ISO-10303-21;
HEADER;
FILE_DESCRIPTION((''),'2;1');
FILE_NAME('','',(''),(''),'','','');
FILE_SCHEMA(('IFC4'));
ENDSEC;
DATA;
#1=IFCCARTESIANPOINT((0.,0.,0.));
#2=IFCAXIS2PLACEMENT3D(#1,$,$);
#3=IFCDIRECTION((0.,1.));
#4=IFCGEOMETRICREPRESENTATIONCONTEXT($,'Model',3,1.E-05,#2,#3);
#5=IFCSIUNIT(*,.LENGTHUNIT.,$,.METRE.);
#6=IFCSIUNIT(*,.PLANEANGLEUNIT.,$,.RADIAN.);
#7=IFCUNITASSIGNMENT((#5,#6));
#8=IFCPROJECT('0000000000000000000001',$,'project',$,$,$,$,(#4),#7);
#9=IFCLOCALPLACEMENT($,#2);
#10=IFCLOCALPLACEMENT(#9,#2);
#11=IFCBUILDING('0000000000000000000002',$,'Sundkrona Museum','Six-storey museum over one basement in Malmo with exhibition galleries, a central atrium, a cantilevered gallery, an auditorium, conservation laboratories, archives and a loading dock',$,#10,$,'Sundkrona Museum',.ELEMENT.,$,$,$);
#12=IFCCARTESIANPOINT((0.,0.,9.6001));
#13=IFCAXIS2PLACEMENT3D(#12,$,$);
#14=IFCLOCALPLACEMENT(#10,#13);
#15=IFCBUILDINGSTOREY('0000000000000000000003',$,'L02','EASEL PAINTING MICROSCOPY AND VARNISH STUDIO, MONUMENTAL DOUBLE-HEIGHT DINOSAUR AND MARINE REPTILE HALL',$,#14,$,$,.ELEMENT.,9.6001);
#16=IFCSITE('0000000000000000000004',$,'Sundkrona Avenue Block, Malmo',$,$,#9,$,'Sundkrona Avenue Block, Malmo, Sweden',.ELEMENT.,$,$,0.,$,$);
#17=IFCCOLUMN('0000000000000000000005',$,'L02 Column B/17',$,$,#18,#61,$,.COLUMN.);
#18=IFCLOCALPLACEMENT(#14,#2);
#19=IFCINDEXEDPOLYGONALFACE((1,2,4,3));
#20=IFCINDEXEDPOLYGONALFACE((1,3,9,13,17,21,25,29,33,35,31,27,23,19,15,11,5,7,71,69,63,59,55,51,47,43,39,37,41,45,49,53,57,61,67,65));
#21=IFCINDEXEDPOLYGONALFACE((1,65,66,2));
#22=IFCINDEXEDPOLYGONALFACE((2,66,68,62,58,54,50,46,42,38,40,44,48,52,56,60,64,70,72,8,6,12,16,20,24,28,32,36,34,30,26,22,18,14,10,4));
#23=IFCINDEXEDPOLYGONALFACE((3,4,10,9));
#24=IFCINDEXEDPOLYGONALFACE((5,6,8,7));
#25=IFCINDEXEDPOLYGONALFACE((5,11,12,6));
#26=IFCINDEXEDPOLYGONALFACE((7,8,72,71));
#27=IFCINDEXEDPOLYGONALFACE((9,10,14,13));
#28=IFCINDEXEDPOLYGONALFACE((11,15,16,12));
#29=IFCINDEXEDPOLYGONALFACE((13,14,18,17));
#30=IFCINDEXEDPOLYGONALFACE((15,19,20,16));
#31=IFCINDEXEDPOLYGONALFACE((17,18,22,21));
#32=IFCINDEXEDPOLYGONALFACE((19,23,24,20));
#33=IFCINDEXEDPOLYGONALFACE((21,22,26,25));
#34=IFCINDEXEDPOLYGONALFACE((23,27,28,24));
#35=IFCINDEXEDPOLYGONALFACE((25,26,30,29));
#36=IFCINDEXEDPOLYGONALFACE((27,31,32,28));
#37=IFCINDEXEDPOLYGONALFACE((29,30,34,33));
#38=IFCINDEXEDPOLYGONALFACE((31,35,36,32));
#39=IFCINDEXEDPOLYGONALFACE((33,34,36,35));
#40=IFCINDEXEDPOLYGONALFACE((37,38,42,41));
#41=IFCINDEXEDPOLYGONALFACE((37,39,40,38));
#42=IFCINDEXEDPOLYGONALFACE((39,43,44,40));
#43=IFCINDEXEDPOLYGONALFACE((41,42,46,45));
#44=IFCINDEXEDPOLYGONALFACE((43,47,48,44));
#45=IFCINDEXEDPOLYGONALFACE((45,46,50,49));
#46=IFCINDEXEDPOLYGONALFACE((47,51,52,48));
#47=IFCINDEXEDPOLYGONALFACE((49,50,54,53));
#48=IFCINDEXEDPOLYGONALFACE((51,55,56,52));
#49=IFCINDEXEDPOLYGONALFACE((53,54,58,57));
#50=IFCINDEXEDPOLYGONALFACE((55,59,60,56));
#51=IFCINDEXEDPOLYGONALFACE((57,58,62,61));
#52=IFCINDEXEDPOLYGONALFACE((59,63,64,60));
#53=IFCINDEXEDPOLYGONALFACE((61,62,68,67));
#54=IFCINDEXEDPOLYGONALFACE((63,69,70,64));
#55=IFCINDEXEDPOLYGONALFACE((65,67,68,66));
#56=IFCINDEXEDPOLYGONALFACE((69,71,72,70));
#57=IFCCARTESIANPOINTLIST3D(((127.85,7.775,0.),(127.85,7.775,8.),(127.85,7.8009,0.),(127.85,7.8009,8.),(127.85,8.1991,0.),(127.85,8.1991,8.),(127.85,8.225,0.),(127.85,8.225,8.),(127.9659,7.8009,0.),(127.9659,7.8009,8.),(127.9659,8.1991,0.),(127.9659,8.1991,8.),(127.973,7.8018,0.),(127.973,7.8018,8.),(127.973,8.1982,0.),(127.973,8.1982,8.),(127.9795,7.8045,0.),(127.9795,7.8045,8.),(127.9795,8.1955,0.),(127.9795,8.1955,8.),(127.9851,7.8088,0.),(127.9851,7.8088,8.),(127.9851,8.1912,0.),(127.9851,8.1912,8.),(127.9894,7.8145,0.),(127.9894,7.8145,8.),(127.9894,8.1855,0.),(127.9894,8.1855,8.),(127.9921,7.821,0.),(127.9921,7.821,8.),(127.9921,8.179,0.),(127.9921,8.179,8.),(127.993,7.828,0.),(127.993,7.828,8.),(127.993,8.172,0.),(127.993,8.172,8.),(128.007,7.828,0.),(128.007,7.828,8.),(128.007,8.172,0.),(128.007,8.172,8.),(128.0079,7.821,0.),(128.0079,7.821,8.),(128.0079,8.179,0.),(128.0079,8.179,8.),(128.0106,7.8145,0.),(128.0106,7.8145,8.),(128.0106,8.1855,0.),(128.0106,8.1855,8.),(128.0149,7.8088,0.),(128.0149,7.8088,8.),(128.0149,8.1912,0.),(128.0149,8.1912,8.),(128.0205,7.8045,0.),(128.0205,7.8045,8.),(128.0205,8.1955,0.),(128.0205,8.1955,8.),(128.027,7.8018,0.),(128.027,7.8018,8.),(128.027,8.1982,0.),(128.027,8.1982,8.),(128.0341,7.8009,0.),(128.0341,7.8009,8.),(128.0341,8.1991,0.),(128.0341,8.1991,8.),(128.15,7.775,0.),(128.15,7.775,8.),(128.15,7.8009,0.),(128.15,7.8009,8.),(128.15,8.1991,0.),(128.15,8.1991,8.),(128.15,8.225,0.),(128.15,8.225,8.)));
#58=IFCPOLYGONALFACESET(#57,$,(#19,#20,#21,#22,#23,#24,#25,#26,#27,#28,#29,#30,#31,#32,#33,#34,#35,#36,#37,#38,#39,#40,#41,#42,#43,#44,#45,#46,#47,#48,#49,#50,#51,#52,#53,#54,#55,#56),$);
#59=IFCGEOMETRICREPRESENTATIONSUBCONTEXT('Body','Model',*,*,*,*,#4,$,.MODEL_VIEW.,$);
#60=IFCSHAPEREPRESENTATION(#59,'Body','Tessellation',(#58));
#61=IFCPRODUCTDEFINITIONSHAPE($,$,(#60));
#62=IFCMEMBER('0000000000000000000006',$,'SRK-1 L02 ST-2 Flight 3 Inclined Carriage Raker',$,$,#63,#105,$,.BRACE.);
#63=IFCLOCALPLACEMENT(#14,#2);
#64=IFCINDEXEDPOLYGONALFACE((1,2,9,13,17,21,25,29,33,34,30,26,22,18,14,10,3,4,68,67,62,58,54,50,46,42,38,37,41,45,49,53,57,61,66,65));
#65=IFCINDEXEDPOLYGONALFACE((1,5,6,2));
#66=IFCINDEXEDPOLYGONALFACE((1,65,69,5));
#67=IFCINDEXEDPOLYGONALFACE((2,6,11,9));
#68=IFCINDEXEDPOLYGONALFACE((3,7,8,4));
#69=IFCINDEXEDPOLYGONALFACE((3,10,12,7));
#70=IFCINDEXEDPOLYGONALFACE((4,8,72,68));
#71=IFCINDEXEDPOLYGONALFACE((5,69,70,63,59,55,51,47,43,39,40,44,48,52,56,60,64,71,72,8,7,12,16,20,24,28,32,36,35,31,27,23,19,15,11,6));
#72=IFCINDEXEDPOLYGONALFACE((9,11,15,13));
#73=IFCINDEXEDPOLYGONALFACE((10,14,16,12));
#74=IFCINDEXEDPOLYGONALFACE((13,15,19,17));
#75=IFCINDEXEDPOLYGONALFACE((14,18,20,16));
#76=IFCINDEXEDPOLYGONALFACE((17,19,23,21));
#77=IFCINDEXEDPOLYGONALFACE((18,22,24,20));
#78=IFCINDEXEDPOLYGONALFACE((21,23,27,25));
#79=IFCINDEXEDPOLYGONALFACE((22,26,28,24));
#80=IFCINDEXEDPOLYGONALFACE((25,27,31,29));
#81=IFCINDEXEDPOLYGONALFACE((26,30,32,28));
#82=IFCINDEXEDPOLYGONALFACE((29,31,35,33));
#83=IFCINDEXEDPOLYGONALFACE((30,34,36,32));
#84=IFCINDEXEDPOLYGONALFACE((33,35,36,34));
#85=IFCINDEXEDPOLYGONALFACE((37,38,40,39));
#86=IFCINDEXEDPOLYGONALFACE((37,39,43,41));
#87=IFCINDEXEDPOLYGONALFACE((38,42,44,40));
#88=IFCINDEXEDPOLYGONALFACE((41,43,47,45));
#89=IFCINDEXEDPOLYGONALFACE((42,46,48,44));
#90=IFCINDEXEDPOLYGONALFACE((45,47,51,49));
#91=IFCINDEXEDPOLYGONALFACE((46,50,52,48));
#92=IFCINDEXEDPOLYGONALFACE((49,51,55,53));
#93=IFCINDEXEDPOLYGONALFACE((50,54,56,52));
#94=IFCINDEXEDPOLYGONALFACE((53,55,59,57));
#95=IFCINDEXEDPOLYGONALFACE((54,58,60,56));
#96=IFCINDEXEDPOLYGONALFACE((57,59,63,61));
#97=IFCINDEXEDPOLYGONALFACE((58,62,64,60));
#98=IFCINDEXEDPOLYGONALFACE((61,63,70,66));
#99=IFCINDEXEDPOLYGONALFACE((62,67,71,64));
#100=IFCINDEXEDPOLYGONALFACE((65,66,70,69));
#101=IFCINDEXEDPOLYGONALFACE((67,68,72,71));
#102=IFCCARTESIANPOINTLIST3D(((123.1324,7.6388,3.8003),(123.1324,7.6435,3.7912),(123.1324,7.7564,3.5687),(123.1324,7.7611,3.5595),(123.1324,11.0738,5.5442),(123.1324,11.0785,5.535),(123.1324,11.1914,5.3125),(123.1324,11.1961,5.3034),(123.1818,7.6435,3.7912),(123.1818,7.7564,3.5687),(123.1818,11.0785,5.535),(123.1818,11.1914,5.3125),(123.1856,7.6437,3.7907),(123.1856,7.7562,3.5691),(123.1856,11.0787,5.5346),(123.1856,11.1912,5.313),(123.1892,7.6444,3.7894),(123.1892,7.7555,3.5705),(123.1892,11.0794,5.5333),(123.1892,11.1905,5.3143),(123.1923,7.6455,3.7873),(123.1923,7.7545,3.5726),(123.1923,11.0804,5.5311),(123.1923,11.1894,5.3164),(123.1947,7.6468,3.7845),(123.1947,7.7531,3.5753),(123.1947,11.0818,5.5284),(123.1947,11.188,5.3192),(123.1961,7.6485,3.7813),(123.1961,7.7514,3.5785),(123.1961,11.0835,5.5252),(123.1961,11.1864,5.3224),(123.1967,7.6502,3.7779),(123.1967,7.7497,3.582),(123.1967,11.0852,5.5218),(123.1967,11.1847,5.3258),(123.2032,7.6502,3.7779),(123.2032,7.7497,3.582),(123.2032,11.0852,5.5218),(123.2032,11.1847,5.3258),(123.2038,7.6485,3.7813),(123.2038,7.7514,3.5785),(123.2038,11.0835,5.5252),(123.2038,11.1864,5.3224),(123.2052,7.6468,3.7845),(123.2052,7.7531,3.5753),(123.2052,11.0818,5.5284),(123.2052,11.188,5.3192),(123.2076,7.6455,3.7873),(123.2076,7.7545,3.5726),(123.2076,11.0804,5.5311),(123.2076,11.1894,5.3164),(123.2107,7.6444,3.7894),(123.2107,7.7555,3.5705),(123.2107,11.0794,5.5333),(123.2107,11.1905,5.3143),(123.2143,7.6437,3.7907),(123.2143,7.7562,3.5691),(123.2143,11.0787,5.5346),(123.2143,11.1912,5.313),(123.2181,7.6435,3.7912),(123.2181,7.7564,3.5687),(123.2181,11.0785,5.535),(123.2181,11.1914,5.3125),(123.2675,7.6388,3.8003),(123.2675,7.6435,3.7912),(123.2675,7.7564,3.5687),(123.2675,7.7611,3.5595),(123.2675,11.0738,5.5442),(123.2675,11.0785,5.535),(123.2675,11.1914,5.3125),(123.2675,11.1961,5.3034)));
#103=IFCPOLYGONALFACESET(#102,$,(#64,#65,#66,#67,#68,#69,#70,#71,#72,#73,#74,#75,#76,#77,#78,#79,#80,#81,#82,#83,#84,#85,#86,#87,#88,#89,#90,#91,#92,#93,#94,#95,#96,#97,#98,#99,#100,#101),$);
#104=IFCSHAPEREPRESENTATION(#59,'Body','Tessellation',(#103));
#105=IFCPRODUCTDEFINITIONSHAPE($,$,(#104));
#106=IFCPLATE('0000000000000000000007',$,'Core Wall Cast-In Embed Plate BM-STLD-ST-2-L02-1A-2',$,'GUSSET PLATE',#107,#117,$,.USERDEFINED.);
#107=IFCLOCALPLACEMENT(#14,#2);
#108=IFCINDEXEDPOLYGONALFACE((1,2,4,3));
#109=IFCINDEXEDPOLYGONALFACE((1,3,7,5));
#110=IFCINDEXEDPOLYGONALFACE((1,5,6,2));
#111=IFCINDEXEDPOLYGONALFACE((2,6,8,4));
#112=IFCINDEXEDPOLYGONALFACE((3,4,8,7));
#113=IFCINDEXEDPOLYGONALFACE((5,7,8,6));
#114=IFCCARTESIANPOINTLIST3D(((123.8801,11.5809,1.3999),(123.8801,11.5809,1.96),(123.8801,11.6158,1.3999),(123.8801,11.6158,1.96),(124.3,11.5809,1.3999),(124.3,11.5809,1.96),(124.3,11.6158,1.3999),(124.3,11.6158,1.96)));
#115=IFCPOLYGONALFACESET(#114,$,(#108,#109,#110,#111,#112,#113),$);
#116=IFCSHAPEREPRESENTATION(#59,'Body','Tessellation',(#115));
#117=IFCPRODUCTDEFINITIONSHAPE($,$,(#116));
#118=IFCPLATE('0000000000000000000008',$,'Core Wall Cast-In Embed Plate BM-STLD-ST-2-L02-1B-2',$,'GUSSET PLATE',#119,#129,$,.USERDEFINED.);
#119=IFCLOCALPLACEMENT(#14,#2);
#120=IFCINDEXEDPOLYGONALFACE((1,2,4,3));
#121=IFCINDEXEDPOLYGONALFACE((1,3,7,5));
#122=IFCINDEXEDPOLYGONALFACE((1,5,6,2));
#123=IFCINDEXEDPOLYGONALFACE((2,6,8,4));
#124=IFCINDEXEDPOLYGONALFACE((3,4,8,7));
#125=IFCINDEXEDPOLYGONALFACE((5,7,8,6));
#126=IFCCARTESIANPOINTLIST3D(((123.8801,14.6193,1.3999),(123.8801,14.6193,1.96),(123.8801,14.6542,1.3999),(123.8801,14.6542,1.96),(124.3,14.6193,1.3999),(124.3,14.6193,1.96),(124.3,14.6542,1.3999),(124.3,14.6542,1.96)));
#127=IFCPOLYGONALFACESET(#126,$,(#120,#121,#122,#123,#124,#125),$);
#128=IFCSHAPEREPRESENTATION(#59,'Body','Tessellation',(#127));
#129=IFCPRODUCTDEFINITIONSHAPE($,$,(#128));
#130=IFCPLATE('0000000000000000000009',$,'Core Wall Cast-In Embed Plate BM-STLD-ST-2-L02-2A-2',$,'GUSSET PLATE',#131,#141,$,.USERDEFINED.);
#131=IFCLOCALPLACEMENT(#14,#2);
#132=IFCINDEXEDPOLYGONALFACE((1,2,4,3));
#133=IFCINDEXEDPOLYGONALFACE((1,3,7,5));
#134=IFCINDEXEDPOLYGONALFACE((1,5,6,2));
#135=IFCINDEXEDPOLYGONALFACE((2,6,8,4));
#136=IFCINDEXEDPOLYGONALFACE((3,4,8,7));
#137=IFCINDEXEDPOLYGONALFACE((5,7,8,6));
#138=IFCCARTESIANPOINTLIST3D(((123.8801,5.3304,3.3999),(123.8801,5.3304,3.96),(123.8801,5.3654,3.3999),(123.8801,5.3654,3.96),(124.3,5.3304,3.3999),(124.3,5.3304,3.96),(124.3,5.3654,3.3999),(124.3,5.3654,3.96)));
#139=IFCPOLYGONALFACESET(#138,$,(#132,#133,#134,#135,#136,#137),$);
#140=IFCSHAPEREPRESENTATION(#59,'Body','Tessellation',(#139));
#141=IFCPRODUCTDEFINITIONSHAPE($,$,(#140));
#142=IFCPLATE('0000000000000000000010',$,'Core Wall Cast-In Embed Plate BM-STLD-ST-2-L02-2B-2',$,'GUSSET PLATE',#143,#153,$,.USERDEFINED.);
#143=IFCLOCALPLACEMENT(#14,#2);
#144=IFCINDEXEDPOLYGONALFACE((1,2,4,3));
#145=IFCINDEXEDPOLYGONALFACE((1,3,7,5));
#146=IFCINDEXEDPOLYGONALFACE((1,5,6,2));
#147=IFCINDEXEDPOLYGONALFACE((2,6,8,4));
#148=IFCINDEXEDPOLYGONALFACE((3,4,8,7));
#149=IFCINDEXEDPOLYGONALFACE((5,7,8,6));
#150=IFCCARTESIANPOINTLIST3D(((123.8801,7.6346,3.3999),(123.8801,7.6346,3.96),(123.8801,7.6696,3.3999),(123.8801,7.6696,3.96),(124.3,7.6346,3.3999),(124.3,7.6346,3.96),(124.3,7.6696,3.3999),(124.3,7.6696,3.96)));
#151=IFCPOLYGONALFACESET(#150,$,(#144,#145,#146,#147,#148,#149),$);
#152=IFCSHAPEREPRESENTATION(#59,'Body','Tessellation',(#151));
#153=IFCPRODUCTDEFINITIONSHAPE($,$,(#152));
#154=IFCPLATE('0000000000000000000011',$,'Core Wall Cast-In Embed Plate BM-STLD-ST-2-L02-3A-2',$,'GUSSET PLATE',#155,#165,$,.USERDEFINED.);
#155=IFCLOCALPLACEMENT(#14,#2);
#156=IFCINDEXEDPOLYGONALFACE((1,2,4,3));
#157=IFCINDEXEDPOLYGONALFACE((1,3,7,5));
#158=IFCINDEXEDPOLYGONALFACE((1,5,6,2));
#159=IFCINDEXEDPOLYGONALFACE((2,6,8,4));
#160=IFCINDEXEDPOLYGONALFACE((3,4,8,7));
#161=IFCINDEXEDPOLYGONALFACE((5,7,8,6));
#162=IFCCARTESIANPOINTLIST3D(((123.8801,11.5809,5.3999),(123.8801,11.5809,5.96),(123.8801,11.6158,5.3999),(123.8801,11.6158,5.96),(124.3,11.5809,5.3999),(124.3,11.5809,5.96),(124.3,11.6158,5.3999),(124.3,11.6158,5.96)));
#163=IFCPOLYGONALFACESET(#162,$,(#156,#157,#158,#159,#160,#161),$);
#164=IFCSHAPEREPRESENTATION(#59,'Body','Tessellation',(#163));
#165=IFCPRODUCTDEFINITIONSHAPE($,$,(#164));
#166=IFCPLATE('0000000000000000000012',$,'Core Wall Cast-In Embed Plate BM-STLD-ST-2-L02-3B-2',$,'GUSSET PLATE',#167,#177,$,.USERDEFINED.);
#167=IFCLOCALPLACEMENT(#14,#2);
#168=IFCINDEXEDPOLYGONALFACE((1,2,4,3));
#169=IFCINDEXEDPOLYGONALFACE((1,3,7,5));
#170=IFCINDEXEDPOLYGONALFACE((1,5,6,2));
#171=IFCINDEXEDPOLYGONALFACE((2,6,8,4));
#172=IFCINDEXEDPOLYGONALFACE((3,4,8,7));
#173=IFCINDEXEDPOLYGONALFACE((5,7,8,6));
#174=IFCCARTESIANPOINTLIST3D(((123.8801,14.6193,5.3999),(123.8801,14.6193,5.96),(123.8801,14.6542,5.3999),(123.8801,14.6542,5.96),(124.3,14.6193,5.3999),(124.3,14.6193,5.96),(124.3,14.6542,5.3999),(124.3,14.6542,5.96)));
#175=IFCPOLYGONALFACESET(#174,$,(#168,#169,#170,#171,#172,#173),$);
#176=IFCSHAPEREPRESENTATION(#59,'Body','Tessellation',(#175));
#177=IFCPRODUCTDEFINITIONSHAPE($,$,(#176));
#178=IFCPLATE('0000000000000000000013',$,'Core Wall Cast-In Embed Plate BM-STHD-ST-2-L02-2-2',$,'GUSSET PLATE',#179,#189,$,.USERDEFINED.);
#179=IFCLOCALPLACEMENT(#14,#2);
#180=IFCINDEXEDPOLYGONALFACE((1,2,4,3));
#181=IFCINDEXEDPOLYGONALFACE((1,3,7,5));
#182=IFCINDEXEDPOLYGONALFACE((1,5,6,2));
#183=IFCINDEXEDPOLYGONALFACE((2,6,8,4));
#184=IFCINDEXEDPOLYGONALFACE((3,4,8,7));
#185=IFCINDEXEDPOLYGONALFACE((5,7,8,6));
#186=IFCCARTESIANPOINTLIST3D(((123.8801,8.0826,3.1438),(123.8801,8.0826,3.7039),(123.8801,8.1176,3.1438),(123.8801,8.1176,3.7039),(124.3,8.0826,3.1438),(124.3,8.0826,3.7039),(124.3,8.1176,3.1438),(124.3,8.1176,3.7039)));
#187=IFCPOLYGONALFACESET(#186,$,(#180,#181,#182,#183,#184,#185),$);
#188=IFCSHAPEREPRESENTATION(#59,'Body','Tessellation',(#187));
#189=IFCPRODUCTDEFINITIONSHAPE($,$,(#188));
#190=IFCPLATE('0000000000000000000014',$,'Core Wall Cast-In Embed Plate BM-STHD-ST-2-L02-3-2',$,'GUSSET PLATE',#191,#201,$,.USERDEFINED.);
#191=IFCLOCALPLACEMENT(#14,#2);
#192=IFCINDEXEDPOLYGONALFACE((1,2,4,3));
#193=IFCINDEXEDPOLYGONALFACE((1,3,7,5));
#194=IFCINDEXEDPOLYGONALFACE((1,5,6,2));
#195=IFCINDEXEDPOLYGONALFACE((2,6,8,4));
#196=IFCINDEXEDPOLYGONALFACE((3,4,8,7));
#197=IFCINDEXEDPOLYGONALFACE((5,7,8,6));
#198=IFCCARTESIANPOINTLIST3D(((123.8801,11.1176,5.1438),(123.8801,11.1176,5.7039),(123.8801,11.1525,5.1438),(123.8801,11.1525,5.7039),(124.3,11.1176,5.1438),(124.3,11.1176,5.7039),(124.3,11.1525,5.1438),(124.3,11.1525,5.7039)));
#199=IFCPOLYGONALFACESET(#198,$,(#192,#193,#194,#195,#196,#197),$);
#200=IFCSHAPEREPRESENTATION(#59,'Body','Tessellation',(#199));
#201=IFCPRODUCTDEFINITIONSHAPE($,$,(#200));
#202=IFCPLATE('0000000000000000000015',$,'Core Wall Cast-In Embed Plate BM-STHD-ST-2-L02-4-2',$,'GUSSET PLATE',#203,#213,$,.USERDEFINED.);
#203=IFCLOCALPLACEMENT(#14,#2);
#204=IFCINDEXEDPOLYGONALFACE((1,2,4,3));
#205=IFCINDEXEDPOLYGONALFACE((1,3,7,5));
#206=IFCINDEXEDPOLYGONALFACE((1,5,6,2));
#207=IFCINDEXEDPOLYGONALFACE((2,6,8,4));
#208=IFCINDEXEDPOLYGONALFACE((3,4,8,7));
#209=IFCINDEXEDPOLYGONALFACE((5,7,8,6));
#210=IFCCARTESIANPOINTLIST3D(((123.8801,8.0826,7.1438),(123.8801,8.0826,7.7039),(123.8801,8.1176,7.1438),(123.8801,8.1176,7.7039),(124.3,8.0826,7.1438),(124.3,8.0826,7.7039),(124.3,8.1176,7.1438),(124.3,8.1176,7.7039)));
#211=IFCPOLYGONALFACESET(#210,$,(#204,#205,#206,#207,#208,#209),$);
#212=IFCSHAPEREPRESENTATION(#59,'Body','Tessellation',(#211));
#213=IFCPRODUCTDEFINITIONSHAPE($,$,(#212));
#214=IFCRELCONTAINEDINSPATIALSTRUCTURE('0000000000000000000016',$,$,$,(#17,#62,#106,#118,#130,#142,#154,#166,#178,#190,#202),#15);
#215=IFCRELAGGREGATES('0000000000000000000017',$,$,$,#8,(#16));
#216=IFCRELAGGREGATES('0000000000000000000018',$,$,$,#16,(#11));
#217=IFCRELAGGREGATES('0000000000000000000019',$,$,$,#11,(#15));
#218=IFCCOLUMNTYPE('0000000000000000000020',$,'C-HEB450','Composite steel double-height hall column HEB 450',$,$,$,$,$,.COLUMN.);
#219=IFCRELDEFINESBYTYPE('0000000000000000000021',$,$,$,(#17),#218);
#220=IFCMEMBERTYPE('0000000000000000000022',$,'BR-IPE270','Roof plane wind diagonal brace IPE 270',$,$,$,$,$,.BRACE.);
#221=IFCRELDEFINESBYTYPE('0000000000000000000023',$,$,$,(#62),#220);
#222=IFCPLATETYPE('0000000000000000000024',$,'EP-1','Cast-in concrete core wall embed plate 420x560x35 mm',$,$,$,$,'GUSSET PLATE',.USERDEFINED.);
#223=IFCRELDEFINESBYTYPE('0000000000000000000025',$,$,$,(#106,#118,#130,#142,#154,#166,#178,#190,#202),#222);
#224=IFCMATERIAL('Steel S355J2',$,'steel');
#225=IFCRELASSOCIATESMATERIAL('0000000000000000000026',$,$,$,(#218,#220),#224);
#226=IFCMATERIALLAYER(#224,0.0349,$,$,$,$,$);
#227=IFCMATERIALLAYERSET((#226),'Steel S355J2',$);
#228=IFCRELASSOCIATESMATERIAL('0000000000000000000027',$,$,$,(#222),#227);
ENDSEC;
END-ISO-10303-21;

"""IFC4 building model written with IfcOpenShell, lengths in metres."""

from ifc_helpers import new_model, si_unit, direction, frame, origin, origin_2d, place, context, subcontext, project, spatial, rectangle, i_section, extrude, material, layer, layer_set, material_profile, profile_set, type_object, element, save


model = new_model("IFC4")

# Units and contexts
model_context = context("Model", 3, precision=1e-05, world=origin(), true_north=direction((0.0, 1.0)))
body_context = subcontext(model_context, "Body", "Model", "MODEL_VIEW")
ifc_project = project(units=[si_unit("LENGTHUNIT", "METRE"), si_unit("PLANEANGLEUNIT", "RADIAN")], contexts=[model_context])

# Site, building, storey
site_placement = place(None, origin())
site = spatial("IfcSite", under=ifc_project, at=site_placement, Name="Sundkrona Avenue Block, Malmo", LongName="Sundkrona Avenue Block, Malmo, Sweden", CompositionType="ELEMENT", RefElevation=0.0)
building_placement = place(site_placement, origin())
building = spatial("IfcBuilding", under=site, at=building_placement, Name="Sundkrona Museum", Description="Six-storey museum over one basement in Malmo with exhibition galleries, a central atrium, a cantilevered gallery, an auditorium, conservation laboratories, archives and a loading dock", LongName="Sundkrona Museum", CompositionType="ELEMENT")
storey_placement = place(building_placement, frame((0.0, 0.0, 9.6001)))
storey = spatial("IfcBuildingStorey", under=building, at=storey_placement, Name="L02", Description="EASEL PAINTING MICROSCOPY AND VARNISH STUDIO, MONUMENTAL DOUBLE-HEIGHT DINOSAUR AND MARINE REPTILE HALL", CompositionType="ELEMENT", Elevation=9.6001)

# Column
ifc_material_1 = material(Name="Steel S355J2", Category="steel")
ifc_material_profile_1 = material_profile(ifc_material_1, i_section(OverallWidth=0.3, OverallDepth=0.45, WebThickness=0.0139, FlangeThickness=0.0259, FilletRadius=0.0271, at=origin_2d()), Name="HEB 450")
ifc_profile_set_1 = profile_set([ifc_material_profile_1], Name="Steel S355J2")
column_type = type_object("IfcColumnType", Name="C-HEB450", Description="Composite steel double-height hall column HEB 450", PredefinedType="COLUMN", material=ifc_profile_set_1)
column_placement = place(storey_placement, frame((128.0, 8.0, 0.0), z_axis=(0.0, 0.0, 1.0), x_axis=(1.0, 0.0, 0.0)))
element("IfcColumn", 1, at=column_placement, inside=storey, type_object=column_type, Name="L02 Column B/17", PredefinedType="COLUMN", context=body_context, shape_type="SweptSolid", body=[
    extrude(i_section(OverallWidth=0.3, OverallDepth=0.45, WebThickness=0.0139, FlangeThickness=0.0259, FilletRadius=0.0271, at=origin_2d()), origin(), (0.0, 0.0, 1.0), 8.0),
])

# Member
ifc_material_profile_2 = material_profile(ifc_material_1, i_section(OverallWidth=0.135, OverallDepth=0.27, WebThickness=0.0066, FlangeThickness=0.0103, FilletRadius=0.0149, at=origin_2d()), Name="IPE 270")
ifc_profile_set_2 = profile_set([ifc_material_profile_2], Name="Steel S355J2")
member_type = type_object("IfcMemberType", Name="BR-IPE270", Description="Roof plane wind diagonal brace IPE 270", PredefinedType="BRACE", material=ifc_profile_set_2)
member_placement = place(storey_placement, frame((123.2, 7.7, 3.6799), z_axis=(0.0, 0.891673, 0.452681), x_axis=(-1.0, 0.0, 0.0)))
element("IfcMember", 2, at=member_placement, inside=storey, type_object=member_type, Name="SRK-1 L02 ST-2 Flight 3 Inclined Carriage Raker", PredefinedType="BRACE", context=body_context, shape_type="SweptSolid", body=[
    extrude(i_section(OverallWidth=0.135, OverallDepth=0.27, WebThickness=0.0066, FlangeThickness=0.0103, FilletRadius=0.0149, at=origin_2d()), origin(), (0.0, 0.0, 1.0), 3.8523),
])

# Plates
ifc_layer_1 = layer(ifc_material_1, 0.0349)
ifc_layer_set_1 = layer_set([ifc_layer_1], Name="Steel S355J2")
plate_type = type_object("IfcPlateType", Name="EP-1", Description="Cast-in concrete core wall embed plate 420x560x35 mm", ElementType="GUSSET PLATE", PredefinedType="USERDEFINED", material=ifc_layer_set_1)
for number, where, z_axis, x_axis, name in (
    (3, (124.0901, 11.5984, 1.3999), (0.0, 0.0, 1.0), (1.0, 0.0, 0.0), "Core Wall Cast-In Embed Plate BM-STLD-ST-2-L02-1A-2"),
    (4, (124.0901, 14.6367, 1.3999), (0.0, 0.0, 1.0), (1.0, 0.0, 0.0), "Core Wall Cast-In Embed Plate BM-STLD-ST-2-L02-1B-2"),
    (5, (124.0901, 5.3479, 3.3999), (0.0, 0.0, 1.0), (1.0, 0.0, 0.0), "Core Wall Cast-In Embed Plate BM-STLD-ST-2-L02-2A-2"),
    (6, (124.0901, 7.6521, 3.3999), (0.0, 0.0, 1.0), (1.0, 0.0, 0.0), "Core Wall Cast-In Embed Plate BM-STLD-ST-2-L02-2B-2"),
    (7, (124.0901, 11.5984, 5.3999), (0.0, 0.0, 1.0), (1.0, 0.0, 0.0), "Core Wall Cast-In Embed Plate BM-STLD-ST-2-L02-3A-2"),
    (8, (124.0901, 14.6367, 5.3999), (0.0, 0.0, 1.0), (1.0, 0.0, 0.0), "Core Wall Cast-In Embed Plate BM-STLD-ST-2-L02-3B-2"),
    (9, (124.0901, 8.1001, 3.1438), (0.0, 0.0, 1.0), (1.0, 0.0, 0.0), "Core Wall Cast-In Embed Plate BM-STHD-ST-2-L02-2-2"),
    (10, (124.0901, 11.135, 5.1438), (0.0, 0.0, 1.0), (1.0, 0.0, 0.0), "Core Wall Cast-In Embed Plate BM-STHD-ST-2-L02-3-2"),
    (11, (124.0901, 8.1001, 7.1438), (0.0, 0.0, 1.0), (1.0, 0.0, 0.0), "Core Wall Cast-In Embed Plate BM-STHD-ST-2-L02-4-2"),
):
    element("IfcPlate", number, at=place(storey_placement, frame(where, z_axis=z_axis, x_axis=x_axis)), inside=storey, type_object=plate_type, Name=name, ObjectType="GUSSET PLATE", PredefinedType="USERDEFINED", context=body_context, shape_type="SweptSolid", body=[
        extrude(rectangle(XDim=0.4199, YDim=0.0349, at=origin_2d()), origin(), (0.0, 0.0, 1.0), 0.5601),
    ])

save(model, "model.ifc")
